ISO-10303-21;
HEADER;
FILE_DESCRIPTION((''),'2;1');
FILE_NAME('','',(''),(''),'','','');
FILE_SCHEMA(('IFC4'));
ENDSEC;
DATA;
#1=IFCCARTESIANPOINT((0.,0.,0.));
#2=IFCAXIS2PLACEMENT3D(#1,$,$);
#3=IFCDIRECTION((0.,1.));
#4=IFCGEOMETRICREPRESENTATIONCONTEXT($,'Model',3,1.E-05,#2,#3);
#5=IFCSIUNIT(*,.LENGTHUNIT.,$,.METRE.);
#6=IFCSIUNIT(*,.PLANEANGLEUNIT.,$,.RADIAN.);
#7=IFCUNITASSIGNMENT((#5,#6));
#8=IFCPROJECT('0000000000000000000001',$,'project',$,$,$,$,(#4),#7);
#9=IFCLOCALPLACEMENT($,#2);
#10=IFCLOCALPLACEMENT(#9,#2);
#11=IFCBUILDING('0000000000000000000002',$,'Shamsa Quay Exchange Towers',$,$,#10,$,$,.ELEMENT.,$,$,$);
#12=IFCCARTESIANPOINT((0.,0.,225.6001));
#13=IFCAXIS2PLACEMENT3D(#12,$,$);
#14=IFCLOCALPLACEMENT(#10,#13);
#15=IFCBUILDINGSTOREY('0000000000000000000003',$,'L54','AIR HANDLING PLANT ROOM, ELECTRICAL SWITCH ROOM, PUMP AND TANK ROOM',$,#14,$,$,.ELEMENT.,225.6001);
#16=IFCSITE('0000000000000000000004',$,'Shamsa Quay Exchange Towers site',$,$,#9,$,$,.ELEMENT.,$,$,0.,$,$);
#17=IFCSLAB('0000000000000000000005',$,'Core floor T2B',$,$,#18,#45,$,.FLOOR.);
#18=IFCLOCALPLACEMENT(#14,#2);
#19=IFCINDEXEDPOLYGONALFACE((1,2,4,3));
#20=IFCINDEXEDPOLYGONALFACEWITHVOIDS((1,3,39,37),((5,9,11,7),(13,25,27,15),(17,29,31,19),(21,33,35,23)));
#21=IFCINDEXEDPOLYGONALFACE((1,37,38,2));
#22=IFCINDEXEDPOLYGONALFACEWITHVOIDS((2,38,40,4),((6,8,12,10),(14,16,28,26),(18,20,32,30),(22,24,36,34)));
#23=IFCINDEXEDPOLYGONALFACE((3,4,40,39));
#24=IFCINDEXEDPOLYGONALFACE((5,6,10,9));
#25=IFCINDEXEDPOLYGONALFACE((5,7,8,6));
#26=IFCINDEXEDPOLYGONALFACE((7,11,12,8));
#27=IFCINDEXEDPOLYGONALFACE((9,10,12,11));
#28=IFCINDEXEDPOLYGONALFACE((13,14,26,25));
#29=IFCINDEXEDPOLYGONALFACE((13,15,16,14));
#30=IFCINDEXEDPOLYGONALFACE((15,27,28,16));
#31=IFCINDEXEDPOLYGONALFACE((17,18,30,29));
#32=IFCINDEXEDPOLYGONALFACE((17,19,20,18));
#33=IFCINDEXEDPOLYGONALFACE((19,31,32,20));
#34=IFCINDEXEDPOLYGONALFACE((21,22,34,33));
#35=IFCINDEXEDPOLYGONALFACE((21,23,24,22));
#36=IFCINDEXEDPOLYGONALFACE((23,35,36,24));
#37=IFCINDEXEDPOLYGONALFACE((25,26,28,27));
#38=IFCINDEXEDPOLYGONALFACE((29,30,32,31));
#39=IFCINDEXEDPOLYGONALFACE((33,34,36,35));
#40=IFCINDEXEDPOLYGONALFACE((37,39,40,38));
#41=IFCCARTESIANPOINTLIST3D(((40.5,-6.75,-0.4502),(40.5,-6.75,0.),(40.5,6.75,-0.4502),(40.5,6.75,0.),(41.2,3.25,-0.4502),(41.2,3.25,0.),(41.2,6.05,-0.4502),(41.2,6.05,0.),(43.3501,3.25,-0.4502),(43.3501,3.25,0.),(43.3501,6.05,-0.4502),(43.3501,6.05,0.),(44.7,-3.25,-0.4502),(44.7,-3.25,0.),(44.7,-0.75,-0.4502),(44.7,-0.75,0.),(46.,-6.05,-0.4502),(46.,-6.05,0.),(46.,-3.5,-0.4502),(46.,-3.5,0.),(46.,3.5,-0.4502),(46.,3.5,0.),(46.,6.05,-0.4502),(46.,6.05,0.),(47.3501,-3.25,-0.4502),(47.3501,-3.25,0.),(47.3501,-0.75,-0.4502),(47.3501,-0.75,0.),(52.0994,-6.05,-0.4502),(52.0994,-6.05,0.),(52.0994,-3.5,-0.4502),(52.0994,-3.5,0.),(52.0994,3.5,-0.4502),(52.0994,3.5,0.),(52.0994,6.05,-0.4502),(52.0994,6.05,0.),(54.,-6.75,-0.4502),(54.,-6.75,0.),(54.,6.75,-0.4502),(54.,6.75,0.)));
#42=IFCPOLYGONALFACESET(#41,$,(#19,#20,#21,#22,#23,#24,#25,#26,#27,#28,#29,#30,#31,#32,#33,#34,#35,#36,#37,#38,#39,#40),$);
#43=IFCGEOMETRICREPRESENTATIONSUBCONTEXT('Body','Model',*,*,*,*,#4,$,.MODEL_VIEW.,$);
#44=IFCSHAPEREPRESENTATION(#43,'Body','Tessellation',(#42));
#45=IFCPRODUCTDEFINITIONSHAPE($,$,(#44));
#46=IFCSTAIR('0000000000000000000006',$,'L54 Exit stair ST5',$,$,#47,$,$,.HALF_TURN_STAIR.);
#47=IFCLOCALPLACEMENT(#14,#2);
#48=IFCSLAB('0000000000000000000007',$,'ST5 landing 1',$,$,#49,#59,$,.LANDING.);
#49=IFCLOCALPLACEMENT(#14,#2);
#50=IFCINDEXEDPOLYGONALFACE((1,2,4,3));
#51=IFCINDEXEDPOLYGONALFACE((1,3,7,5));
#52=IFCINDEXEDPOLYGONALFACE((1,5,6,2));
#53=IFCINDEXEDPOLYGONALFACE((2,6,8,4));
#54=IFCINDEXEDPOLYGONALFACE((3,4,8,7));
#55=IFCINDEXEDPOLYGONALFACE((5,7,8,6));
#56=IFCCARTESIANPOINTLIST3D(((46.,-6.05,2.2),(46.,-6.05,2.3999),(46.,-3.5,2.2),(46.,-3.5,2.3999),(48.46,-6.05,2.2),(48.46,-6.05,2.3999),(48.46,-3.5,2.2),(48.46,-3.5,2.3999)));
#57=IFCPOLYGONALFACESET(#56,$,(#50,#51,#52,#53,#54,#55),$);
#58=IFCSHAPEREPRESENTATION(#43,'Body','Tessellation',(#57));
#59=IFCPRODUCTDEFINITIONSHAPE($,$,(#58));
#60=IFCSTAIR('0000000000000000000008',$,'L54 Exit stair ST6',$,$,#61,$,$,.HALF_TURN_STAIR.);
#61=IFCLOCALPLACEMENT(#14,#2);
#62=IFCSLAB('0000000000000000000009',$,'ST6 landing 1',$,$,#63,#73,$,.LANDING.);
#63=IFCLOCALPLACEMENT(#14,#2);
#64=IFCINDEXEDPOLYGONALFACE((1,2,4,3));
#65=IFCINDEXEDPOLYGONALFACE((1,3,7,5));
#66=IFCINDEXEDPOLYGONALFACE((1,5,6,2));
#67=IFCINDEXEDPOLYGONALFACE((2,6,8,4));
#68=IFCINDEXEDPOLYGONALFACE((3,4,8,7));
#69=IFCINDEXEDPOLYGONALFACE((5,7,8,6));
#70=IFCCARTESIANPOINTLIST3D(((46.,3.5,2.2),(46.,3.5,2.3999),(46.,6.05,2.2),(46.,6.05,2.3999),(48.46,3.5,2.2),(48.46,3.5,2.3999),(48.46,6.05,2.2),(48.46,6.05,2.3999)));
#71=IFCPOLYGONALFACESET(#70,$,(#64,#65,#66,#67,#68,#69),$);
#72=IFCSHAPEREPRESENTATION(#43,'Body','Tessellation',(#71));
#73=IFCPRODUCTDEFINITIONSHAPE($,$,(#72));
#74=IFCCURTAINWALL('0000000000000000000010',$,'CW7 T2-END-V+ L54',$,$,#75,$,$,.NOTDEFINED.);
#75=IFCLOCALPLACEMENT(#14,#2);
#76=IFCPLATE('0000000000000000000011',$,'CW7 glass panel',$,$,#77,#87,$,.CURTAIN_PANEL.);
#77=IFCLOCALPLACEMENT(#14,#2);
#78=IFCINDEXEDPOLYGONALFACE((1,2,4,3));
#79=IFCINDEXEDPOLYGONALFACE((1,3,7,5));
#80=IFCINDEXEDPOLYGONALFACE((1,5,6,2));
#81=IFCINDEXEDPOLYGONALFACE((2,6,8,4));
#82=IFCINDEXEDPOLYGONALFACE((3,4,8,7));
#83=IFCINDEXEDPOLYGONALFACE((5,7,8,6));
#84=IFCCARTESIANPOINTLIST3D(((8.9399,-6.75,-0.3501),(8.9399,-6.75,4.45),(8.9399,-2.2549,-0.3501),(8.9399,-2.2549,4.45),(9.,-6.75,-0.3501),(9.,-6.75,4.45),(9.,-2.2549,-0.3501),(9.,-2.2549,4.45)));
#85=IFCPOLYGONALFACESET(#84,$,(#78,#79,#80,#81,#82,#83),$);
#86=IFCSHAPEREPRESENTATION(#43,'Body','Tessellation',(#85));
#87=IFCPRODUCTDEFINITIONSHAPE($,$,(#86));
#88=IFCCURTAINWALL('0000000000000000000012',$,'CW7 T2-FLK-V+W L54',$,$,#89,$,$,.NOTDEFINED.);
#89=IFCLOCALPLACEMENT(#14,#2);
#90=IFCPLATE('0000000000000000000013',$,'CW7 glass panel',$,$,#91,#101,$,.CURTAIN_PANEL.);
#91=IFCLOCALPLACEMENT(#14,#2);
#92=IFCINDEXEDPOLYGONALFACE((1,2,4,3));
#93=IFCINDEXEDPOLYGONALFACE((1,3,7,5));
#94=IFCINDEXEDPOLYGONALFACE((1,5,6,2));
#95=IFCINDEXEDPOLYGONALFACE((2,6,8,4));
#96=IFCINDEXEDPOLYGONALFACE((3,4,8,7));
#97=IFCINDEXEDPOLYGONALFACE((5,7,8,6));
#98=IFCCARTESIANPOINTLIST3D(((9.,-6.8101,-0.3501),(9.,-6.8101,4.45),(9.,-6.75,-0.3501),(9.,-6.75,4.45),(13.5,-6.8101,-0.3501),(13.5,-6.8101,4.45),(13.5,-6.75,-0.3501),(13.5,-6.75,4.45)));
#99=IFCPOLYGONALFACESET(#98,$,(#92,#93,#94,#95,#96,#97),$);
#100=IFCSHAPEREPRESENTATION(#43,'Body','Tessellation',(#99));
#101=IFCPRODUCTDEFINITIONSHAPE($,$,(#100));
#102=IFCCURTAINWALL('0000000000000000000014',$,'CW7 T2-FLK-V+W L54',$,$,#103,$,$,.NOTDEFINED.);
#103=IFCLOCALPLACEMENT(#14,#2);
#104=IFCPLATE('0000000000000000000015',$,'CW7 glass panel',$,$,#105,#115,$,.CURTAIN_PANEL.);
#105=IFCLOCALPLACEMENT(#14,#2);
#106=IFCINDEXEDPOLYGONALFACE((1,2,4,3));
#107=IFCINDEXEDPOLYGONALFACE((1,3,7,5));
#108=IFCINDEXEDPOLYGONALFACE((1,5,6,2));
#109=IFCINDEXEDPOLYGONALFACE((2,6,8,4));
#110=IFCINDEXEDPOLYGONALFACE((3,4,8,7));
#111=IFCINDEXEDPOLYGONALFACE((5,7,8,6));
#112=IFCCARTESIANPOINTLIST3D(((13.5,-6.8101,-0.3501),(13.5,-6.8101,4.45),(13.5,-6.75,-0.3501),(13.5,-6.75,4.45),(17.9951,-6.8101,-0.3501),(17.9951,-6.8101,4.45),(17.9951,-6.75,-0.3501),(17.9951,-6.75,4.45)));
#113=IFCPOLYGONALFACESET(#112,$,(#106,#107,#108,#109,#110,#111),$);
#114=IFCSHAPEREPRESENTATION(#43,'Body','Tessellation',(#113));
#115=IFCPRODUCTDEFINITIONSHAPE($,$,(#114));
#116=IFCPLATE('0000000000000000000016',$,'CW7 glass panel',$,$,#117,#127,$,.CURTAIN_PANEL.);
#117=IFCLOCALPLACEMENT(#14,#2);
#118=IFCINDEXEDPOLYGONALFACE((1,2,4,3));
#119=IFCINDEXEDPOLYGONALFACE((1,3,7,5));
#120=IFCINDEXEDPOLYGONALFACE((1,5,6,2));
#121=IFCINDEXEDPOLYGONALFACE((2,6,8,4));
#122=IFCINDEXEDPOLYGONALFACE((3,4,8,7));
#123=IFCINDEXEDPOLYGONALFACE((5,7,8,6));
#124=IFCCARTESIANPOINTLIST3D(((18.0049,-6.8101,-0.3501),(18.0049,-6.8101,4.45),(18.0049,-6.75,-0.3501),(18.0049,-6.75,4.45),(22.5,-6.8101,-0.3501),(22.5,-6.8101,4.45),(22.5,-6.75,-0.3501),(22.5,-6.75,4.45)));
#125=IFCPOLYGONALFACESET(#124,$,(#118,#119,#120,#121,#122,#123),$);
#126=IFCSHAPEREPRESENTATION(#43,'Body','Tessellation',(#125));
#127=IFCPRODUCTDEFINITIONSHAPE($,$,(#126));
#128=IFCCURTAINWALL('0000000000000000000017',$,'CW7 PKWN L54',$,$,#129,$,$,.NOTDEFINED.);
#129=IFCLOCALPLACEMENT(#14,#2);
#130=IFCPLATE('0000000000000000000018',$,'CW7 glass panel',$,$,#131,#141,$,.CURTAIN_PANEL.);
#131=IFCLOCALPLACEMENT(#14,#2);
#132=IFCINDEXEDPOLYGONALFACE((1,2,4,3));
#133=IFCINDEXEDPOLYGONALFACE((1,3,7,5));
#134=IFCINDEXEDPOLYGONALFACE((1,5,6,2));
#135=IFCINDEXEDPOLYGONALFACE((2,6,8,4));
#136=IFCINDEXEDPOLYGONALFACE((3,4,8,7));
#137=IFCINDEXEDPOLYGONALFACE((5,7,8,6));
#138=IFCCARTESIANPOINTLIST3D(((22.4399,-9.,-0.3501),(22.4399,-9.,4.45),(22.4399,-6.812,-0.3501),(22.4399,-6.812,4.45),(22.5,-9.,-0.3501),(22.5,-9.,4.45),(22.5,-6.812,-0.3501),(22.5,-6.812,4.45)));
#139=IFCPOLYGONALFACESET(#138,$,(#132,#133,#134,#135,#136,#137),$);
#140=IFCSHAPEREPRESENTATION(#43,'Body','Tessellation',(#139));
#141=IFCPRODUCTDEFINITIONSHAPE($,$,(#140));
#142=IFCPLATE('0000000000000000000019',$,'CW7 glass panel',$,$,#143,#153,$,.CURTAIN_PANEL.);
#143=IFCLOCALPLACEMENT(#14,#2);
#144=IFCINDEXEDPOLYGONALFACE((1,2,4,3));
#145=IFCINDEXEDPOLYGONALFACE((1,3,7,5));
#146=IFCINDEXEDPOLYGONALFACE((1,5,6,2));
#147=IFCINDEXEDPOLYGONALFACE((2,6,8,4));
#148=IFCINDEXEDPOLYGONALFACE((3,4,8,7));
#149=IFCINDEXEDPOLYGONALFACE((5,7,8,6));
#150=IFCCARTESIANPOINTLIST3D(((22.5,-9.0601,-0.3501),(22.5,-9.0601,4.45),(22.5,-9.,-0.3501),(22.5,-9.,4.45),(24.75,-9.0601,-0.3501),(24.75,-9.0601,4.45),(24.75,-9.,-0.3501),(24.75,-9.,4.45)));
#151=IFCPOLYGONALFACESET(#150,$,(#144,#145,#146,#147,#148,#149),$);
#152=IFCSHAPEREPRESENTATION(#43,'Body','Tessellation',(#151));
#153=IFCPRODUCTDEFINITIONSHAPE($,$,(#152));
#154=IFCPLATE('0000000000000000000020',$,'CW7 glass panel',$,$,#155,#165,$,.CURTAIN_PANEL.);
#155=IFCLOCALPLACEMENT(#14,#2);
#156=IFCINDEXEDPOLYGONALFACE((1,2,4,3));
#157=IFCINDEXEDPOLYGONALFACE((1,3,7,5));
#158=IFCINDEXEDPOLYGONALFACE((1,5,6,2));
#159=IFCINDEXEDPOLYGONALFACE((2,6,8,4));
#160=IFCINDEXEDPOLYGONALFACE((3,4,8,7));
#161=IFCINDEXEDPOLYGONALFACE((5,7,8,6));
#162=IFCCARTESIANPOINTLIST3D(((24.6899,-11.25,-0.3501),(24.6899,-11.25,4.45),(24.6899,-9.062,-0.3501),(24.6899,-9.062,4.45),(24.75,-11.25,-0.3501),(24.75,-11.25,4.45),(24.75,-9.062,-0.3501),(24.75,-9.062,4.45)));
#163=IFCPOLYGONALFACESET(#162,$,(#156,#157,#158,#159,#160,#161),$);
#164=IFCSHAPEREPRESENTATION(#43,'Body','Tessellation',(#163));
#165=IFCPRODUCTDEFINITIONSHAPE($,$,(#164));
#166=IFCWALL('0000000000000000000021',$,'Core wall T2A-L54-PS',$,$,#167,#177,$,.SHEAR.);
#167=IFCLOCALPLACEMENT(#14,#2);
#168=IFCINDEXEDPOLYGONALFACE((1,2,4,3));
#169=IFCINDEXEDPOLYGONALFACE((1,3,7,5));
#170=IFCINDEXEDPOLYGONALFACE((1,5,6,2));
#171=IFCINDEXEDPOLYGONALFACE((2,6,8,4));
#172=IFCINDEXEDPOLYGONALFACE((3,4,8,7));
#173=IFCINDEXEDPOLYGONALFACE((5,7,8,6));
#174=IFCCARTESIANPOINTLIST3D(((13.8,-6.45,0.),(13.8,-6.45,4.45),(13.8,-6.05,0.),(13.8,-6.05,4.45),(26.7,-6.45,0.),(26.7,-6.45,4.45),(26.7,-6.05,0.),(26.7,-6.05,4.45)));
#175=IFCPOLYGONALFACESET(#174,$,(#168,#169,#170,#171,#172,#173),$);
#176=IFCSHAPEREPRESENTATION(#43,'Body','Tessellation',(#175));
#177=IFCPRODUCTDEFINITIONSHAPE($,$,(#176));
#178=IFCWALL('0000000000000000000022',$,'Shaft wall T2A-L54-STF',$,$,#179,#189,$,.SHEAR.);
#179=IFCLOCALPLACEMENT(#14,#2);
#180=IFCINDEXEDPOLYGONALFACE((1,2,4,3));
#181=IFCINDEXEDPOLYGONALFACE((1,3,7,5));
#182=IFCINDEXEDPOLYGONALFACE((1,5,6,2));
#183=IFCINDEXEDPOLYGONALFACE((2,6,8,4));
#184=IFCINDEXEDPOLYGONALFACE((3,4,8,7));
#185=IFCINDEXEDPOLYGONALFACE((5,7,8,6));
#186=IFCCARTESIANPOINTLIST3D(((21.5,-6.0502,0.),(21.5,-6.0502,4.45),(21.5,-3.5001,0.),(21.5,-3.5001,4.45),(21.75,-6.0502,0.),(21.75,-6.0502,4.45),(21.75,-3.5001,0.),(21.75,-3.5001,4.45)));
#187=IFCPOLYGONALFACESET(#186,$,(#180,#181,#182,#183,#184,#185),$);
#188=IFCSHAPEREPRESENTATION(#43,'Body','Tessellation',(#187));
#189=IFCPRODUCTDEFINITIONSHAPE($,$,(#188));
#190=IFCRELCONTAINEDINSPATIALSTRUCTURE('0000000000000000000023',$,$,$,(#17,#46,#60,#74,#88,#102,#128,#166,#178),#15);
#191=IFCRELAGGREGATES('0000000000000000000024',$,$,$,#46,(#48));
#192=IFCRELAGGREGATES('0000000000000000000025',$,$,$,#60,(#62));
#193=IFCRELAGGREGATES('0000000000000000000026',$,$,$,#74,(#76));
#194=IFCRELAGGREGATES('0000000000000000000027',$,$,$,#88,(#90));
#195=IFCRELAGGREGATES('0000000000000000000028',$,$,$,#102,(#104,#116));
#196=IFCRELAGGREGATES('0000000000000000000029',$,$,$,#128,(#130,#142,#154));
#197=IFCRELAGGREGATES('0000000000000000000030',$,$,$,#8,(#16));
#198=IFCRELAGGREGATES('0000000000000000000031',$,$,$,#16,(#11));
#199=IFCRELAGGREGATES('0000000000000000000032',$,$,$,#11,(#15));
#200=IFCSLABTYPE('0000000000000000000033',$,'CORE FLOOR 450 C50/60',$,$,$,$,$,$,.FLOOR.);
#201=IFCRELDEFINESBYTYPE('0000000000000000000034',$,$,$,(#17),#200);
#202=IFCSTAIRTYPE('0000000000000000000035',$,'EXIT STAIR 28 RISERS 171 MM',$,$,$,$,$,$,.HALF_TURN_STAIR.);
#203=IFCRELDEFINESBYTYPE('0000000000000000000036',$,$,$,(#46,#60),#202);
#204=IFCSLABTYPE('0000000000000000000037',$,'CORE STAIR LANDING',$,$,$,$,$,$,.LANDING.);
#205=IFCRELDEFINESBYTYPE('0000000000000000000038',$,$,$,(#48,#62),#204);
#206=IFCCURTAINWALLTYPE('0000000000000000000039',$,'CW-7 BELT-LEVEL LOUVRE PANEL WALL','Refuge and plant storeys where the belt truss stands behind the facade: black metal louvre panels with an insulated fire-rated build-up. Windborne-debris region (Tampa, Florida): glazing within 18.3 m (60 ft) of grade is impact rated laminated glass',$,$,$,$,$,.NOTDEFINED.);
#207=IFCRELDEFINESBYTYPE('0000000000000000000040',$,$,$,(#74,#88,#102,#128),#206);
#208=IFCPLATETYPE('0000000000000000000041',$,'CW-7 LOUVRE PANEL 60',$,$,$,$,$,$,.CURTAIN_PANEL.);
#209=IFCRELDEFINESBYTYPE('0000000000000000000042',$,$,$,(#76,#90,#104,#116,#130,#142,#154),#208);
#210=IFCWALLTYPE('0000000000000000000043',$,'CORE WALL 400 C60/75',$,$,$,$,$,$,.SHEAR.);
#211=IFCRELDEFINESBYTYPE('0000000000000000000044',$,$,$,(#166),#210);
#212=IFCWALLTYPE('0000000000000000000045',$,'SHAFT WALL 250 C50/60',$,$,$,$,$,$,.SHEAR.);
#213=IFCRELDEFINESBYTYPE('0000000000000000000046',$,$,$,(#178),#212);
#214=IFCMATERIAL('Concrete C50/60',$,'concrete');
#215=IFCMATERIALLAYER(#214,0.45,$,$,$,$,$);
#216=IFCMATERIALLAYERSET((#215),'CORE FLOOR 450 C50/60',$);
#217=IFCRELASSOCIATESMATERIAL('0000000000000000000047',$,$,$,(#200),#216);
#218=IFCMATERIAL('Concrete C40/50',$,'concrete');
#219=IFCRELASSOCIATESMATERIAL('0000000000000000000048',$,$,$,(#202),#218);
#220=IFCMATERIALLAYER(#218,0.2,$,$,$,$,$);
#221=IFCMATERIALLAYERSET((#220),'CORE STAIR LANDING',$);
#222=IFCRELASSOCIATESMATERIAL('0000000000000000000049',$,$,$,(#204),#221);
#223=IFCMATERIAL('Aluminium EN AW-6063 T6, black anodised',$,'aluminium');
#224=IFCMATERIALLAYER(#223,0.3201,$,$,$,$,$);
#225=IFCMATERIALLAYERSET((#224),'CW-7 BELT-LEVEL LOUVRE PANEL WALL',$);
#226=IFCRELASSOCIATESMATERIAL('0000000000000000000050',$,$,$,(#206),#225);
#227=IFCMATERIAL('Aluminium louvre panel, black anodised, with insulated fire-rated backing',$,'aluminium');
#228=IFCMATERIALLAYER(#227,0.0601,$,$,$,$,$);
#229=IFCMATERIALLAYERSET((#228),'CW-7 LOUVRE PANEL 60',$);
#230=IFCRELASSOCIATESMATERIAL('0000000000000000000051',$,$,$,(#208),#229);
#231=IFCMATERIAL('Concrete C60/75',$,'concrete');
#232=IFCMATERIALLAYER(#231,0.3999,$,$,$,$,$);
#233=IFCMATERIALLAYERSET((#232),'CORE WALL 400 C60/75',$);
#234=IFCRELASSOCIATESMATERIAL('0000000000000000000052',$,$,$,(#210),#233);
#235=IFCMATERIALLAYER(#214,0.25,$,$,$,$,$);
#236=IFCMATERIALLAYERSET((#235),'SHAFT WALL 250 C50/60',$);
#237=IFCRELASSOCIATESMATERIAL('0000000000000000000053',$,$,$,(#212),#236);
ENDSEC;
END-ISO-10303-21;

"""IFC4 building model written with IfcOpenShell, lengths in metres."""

from ifc_helpers import new_model, si_unit, direction, frame, frame_2d, origin, origin_2d, place, context, subcontext, project, spatial, polyline, rectangle, outline, extrude, material, layer, layer_set, type_object, element, aggregate, save


model = new_model("IFC4")

# Units and contexts
model_context = context("Model", 3, precision=1e-05, world=origin(), true_north=direction((0.0, 1.0)))
body_context = subcontext(model_context, "Body", "Model", "MODEL_VIEW")
ifc_project = project(units=[si_unit("LENGTHUNIT", "METRE"), si_unit("PLANEANGLEUNIT", "RADIAN")], contexts=[model_context])

# Site, building, storey
site_placement = place(None, origin())
site = spatial("IfcSite", under=ifc_project, at=site_placement, Name="Shamsa Quay Exchange Towers site", CompositionType="ELEMENT", RefElevation=0.0)
building_placement = place(site_placement, origin())
building = spatial("IfcBuilding", under=site, at=building_placement, Name="Shamsa Quay Exchange Towers", CompositionType="ELEMENT")
storey_placement = place(building_placement, frame((0.0, 0.0, 225.6001)))
storey = spatial("IfcBuildingStorey", under=building, at=storey_placement, Name="L54", Description="AIR HANDLING PLANT ROOM, ELECTRICAL SWITCH ROOM, PUMP AND TANK ROOM", CompositionType="ELEMENT", Elevation=225.6001)

# Slab
ifc_material_1 = material(Name="Concrete C50/60", Category="concrete")
ifc_layer_1 = layer(ifc_material_1, 0.45)
ifc_layer_set_1 = layer_set([ifc_layer_1], Name="CORE FLOOR 450 C50/60")
slab_type_1 = type_object("IfcSlabType", Name="CORE FLOOR 450 C50/60", PredefinedType="FLOOR", material=ifc_layer_set_1)
slab_1_placement = place(storey_placement, frame((0.0, 0.0, -0.4502)))
element("IfcSlab", 1, at=slab_1_placement, inside=storey, type_object=slab_type_1, Name="Core floor T2B", PredefinedType="FLOOR", context=body_context, shape_type="SweptSolid", body=[
    extrude(outline(polyline([(54.0, -6.75), (54.0, 6.75), (40.5, 6.75), (40.5, -6.75), (54.0, -6.75)]), holes=[polyline([(52.0994, -3.5), (52.0994, -6.05), (46.0, -6.05), (46.0, -3.5), (52.0994, -3.5)]), polyline([(52.0994, 6.05), (52.0994, 3.5), (46.0, 3.5), (46.0, 6.05), (52.0994, 6.05)]), polyline([(43.3501, 3.25), (41.2, 3.25), (41.2, 6.05), (43.3501, 6.05), (43.3501, 3.25)]), polyline([(47.3501, -3.25), (44.7, -3.25), (44.7, -0.75), (47.3501, -0.75), (47.3501, -3.25)])]), origin(), (0.0, 0.0, 1.0), 0.4502),
])

# Stairs, slabs
ifc_material_2 = material(Name="Concrete C40/50", Category="concrete")
stair_type = type_object("IfcStairType", Name="EXIT STAIR 28 RISERS 171 MM", PredefinedType="HALF_TURN_STAIR", material=ifc_material_2)
stair_1_placement = place(storey_placement, origin())
stair_1 = element("IfcStair", 2, at=stair_1_placement, inside=storey, type_object=stair_type, Name="L54 Exit stair ST5", PredefinedType="HALF_TURN_STAIR")
ifc_layer_2 = layer(ifc_material_2, 0.2)
ifc_layer_set_2 = layer_set([ifc_layer_2], Name="CORE STAIR LANDING")
slab_type_2 = type_object("IfcSlabType", Name="CORE STAIR LANDING", PredefinedType="LANDING", material=ifc_layer_set_2)
slab_2_placement = place(storey_placement, frame((0.0, 0.0, 2.2)))
slab_2 = element("IfcSlab", 3, at=slab_2_placement, type_object=slab_type_2, Name="ST5 landing 1", PredefinedType="LANDING", context=body_context, shape_type="SweptSolid", body=[
    extrude(outline(polyline([(48.46, -3.5), (46.0, -3.5), (46.0, -6.05), (48.46, -6.05), (48.46, -3.5)])), origin(), (0.0, 0.0, 1.0), 0.2),
])
aggregate(stair_1, [slab_2])
stair_2_placement = place(storey_placement, origin())
stair_2 = element("IfcStair", 4, at=stair_2_placement, inside=storey, type_object=stair_type, Name="L54 Exit stair ST6", PredefinedType="HALF_TURN_STAIR")
slab_3_placement = place(storey_placement, frame((0.0, 0.0, 2.2)))
slab_3 = element("IfcSlab", 5, at=slab_3_placement, type_object=slab_type_2, Name="ST6 landing 1", PredefinedType="LANDING", context=body_context, shape_type="SweptSolid", body=[
    extrude(outline(polyline([(48.46, 6.05), (46.0, 6.05), (46.0, 3.5), (48.46, 3.5), (48.46, 6.05)])), origin(), (0.0, 0.0, 1.0), 0.2),
])
aggregate(stair_2, [slab_3])

# Curtain walls, plates
ifc_material_3 = material(Name="Aluminium EN AW-6063 T6, black anodised", Category="aluminium")
ifc_layer_3 = layer(ifc_material_3, 0.3201)
ifc_layer_set_3 = layer_set([ifc_layer_3], Name="CW-7 BELT-LEVEL LOUVRE PANEL WALL")
curtain_wall_type = type_object("IfcCurtainWallType", Name="CW-7 BELT-LEVEL LOUVRE PANEL WALL", Description="Refuge and plant storeys where the belt truss stands behind the facade: black metal louvre panels with an insulated fire-rated build-up. Windborne-debris region (Tampa, Florida): glazing within 18.3 m (60 ft) of grade is impact rated laminated glass", PredefinedType="NOTDEFINED", material=ifc_layer_set_3)
curtain_wall_1_placement = place(storey_placement, origin())
curtain_wall_1 = element("IfcCurtainWall", 6, at=curtain_wall_1_placement, inside=storey, type_object=curtain_wall_type, Name="CW7 T2-END-V+ L54", PredefinedType="NOTDEFINED")
ifc_material_4 = material(Name="Aluminium louvre panel, black anodised, with insulated fire-rated backing", Category="aluminium")
ifc_layer_4 = layer(ifc_material_4, 0.0601)
ifc_layer_set_4 = layer_set([ifc_layer_4], Name="CW-7 LOUVRE PANEL 60")
plate_type = type_object("IfcPlateType", Name="CW-7 LOUVRE PANEL 60", PredefinedType="CURTAIN_PANEL", material=ifc_layer_set_4)
plate_1_placement = place(storey_placement, frame((8.97, -4.5024, -0.3501), z_axis=(0.0, 0.0, 1.0), x_axis=(0.0, -1.0, 0.0)))
plate_1 = element("IfcPlate", 7, at=plate_1_placement, type_object=plate_type, Name="CW7 glass panel", PredefinedType="CURTAIN_PANEL", context=body_context, shape_type="SweptSolid", body=[
    extrude(rectangle(XDim=4.4951, YDim=0.0601, at=origin_2d()), origin(), (0.0, 0.0, 1.0), 4.8),
])
aggregate(curtain_wall_1, [plate_1])
curtain_wall_2_placement = place(storey_placement, origin())
curtain_wall_2 = element("IfcCurtainWall", 8, at=curtain_wall_2_placement, inside=storey, type_object=curtain_wall_type, Name="CW7 T2-FLK-V+W L54", PredefinedType="NOTDEFINED")
plate_2_placement = place(storey_placement, frame((11.25, -6.78, -0.3501)))
plate_2 = element("IfcPlate", 9, at=plate_2_placement, type_object=plate_type, Name="CW7 glass panel", PredefinedType="CURTAIN_PANEL", context=body_context, shape_type="SweptSolid", body=[
    extrude(rectangle(XDim=4.5, YDim=0.0601, at=origin_2d()), origin(), (0.0, 0.0, 1.0), 4.8),
])
aggregate(curtain_wall_2, [plate_2])

# Curtain walls, plates
curtain_wall_3_placement = place(storey_placement, origin())
curtain_wall_3 = element("IfcCurtainWall", 10, at=curtain_wall_3_placement, inside=storey, type_object=curtain_wall_type, Name="CW7 T2-FLK-V+W L54", PredefinedType="NOTDEFINED")
plate_3_placement = place(storey_placement, frame((15.7476, -6.78, -0.3501)))
plate_3 = element("IfcPlate", 11, at=plate_3_placement, type_object=plate_type, Name="CW7 glass panel", PredefinedType="CURTAIN_PANEL", context=body_context, shape_type="SweptSolid", body=[
    extrude(rectangle(XDim=4.4951, YDim=0.0601, at=origin_2d()), origin(), (0.0, 0.0, 1.0), 4.8),
])
plate_4_placement = place(storey_placement, frame((20.2524, -6.78, -0.3501)))
plate_4 = element("IfcPlate", 12, at=plate_4_placement, type_object=plate_type, Name="CW7 glass panel", PredefinedType="CURTAIN_PANEL", context=body_context, shape_type="SweptSolid", body=[
    extrude(rectangle(XDim=4.4951, YDim=0.0601, at=origin_2d()), origin(), (0.0, 0.0, 1.0), 4.8),
])
aggregate(curtain_wall_3, [plate_3, plate_4])
curtain_wall_4_placement = place(storey_placement, origin())
curtain_wall_4 = element("IfcCurtainWall", 13, at=curtain_wall_4_placement, inside=storey, type_object=curtain_wall_type, Name="CW7 PKWN L54", PredefinedType="NOTDEFINED")
plate_5_placement = place(storey_placement, frame((22.47, -7.906, -0.3501), z_axis=(0.0, 0.0, 1.0), x_axis=(0.0, -1.0, 0.0)))
plate_5 = element("IfcPlate", 14, at=plate_5_placement, type_object=plate_type, Name="CW7 glass panel", PredefinedType="CURTAIN_PANEL", context=body_context, shape_type="SweptSolid", body=[
    extrude(rectangle(XDim=2.188, YDim=0.0601, at=origin_2d()), origin(), (0.0, 0.0, 1.0), 4.8),
])
plate_6_placement = place(storey_placement, frame((23.625, -9.03, -0.3501)))
plate_6 = element("IfcPlate", 15, at=plate_6_placement, type_object=plate_type, Name="CW7 glass panel", PredefinedType="CURTAIN_PANEL", context=body_context, shape_type="SweptSolid", body=[
    extrude(rectangle(XDim=2.25, YDim=0.0601, at=origin_2d()), origin(), (0.0, 0.0, 1.0), 4.8),
])
plate_7_placement = place(storey_placement, frame((24.72, -10.156, -0.3501), z_axis=(0.0, 0.0, 1.0), x_axis=(0.0, -1.0, 0.0)))
plate_7 = element("IfcPlate", 16, at=plate_7_placement, type_object=plate_type, Name="CW7 glass panel", PredefinedType="CURTAIN_PANEL", context=body_context, shape_type="SweptSolid", body=[
    extrude(rectangle(XDim=2.188, YDim=0.0601, at=origin_2d()), origin(), (0.0, 0.0, 1.0), 4.8),
])
aggregate(curtain_wall_4, [plate_5, plate_6, plate_7])

# Walls
ifc_material_5 = material(Name="Concrete C60/75", Category="concrete")
ifc_layer_5 = layer(ifc_material_5, 0.3999)
ifc_layer_set_5 = layer_set([ifc_layer_5], Name="CORE WALL 400 C60/75")
wall_type_1 = type_object("IfcWallType", Name="CORE WALL 400 C60/75", PredefinedType="SHEAR", material=ifc_layer_set_5)
wall_1_placement = place(storey_placement, frame((13.8, -6.25, 0.0)))
element("IfcWall", 17, at=wall_1_placement, inside=storey, type_object=wall_type_1, Name="Core wall T2A-L54-PS", PredefinedType="SHEAR", context=body_context, shape_type="SweptSolid", body=[
    extrude(rectangle(XDim=12.8999, YDim=0.3999, at=frame_2d((6.45, 0.0))), origin(), (0.0, 0.0, 1.0), 4.45),
])
ifc_layer_6 = layer(ifc_material_1, 0.25)
ifc_layer_set_6 = layer_set([ifc_layer_6], Name="SHAFT WALL 250 C50/60")
wall_type_2 = type_object("IfcWallType", Name="SHAFT WALL 250 C50/60", PredefinedType="SHEAR", material=ifc_layer_set_6)
wall_2_placement = place(storey_placement, frame((21.625, -6.05, 0.0), z_axis=(0.0, 0.0, 1.0), x_axis=(0.0, 1.0, 0.0)))
element("IfcWall", 18, at=wall_2_placement, inside=storey, type_object=wall_type_2, Name="Shaft wall T2A-L54-STF", PredefinedType="SHEAR", context=body_context, shape_type="SweptSolid", body=[
    extrude(rectangle(XDim=2.55, YDim=0.25, at=frame_2d((1.2749, 0.0))), origin(), (0.0, 0.0, 1.0), 4.45),
])

save(model, "model.ifc")
